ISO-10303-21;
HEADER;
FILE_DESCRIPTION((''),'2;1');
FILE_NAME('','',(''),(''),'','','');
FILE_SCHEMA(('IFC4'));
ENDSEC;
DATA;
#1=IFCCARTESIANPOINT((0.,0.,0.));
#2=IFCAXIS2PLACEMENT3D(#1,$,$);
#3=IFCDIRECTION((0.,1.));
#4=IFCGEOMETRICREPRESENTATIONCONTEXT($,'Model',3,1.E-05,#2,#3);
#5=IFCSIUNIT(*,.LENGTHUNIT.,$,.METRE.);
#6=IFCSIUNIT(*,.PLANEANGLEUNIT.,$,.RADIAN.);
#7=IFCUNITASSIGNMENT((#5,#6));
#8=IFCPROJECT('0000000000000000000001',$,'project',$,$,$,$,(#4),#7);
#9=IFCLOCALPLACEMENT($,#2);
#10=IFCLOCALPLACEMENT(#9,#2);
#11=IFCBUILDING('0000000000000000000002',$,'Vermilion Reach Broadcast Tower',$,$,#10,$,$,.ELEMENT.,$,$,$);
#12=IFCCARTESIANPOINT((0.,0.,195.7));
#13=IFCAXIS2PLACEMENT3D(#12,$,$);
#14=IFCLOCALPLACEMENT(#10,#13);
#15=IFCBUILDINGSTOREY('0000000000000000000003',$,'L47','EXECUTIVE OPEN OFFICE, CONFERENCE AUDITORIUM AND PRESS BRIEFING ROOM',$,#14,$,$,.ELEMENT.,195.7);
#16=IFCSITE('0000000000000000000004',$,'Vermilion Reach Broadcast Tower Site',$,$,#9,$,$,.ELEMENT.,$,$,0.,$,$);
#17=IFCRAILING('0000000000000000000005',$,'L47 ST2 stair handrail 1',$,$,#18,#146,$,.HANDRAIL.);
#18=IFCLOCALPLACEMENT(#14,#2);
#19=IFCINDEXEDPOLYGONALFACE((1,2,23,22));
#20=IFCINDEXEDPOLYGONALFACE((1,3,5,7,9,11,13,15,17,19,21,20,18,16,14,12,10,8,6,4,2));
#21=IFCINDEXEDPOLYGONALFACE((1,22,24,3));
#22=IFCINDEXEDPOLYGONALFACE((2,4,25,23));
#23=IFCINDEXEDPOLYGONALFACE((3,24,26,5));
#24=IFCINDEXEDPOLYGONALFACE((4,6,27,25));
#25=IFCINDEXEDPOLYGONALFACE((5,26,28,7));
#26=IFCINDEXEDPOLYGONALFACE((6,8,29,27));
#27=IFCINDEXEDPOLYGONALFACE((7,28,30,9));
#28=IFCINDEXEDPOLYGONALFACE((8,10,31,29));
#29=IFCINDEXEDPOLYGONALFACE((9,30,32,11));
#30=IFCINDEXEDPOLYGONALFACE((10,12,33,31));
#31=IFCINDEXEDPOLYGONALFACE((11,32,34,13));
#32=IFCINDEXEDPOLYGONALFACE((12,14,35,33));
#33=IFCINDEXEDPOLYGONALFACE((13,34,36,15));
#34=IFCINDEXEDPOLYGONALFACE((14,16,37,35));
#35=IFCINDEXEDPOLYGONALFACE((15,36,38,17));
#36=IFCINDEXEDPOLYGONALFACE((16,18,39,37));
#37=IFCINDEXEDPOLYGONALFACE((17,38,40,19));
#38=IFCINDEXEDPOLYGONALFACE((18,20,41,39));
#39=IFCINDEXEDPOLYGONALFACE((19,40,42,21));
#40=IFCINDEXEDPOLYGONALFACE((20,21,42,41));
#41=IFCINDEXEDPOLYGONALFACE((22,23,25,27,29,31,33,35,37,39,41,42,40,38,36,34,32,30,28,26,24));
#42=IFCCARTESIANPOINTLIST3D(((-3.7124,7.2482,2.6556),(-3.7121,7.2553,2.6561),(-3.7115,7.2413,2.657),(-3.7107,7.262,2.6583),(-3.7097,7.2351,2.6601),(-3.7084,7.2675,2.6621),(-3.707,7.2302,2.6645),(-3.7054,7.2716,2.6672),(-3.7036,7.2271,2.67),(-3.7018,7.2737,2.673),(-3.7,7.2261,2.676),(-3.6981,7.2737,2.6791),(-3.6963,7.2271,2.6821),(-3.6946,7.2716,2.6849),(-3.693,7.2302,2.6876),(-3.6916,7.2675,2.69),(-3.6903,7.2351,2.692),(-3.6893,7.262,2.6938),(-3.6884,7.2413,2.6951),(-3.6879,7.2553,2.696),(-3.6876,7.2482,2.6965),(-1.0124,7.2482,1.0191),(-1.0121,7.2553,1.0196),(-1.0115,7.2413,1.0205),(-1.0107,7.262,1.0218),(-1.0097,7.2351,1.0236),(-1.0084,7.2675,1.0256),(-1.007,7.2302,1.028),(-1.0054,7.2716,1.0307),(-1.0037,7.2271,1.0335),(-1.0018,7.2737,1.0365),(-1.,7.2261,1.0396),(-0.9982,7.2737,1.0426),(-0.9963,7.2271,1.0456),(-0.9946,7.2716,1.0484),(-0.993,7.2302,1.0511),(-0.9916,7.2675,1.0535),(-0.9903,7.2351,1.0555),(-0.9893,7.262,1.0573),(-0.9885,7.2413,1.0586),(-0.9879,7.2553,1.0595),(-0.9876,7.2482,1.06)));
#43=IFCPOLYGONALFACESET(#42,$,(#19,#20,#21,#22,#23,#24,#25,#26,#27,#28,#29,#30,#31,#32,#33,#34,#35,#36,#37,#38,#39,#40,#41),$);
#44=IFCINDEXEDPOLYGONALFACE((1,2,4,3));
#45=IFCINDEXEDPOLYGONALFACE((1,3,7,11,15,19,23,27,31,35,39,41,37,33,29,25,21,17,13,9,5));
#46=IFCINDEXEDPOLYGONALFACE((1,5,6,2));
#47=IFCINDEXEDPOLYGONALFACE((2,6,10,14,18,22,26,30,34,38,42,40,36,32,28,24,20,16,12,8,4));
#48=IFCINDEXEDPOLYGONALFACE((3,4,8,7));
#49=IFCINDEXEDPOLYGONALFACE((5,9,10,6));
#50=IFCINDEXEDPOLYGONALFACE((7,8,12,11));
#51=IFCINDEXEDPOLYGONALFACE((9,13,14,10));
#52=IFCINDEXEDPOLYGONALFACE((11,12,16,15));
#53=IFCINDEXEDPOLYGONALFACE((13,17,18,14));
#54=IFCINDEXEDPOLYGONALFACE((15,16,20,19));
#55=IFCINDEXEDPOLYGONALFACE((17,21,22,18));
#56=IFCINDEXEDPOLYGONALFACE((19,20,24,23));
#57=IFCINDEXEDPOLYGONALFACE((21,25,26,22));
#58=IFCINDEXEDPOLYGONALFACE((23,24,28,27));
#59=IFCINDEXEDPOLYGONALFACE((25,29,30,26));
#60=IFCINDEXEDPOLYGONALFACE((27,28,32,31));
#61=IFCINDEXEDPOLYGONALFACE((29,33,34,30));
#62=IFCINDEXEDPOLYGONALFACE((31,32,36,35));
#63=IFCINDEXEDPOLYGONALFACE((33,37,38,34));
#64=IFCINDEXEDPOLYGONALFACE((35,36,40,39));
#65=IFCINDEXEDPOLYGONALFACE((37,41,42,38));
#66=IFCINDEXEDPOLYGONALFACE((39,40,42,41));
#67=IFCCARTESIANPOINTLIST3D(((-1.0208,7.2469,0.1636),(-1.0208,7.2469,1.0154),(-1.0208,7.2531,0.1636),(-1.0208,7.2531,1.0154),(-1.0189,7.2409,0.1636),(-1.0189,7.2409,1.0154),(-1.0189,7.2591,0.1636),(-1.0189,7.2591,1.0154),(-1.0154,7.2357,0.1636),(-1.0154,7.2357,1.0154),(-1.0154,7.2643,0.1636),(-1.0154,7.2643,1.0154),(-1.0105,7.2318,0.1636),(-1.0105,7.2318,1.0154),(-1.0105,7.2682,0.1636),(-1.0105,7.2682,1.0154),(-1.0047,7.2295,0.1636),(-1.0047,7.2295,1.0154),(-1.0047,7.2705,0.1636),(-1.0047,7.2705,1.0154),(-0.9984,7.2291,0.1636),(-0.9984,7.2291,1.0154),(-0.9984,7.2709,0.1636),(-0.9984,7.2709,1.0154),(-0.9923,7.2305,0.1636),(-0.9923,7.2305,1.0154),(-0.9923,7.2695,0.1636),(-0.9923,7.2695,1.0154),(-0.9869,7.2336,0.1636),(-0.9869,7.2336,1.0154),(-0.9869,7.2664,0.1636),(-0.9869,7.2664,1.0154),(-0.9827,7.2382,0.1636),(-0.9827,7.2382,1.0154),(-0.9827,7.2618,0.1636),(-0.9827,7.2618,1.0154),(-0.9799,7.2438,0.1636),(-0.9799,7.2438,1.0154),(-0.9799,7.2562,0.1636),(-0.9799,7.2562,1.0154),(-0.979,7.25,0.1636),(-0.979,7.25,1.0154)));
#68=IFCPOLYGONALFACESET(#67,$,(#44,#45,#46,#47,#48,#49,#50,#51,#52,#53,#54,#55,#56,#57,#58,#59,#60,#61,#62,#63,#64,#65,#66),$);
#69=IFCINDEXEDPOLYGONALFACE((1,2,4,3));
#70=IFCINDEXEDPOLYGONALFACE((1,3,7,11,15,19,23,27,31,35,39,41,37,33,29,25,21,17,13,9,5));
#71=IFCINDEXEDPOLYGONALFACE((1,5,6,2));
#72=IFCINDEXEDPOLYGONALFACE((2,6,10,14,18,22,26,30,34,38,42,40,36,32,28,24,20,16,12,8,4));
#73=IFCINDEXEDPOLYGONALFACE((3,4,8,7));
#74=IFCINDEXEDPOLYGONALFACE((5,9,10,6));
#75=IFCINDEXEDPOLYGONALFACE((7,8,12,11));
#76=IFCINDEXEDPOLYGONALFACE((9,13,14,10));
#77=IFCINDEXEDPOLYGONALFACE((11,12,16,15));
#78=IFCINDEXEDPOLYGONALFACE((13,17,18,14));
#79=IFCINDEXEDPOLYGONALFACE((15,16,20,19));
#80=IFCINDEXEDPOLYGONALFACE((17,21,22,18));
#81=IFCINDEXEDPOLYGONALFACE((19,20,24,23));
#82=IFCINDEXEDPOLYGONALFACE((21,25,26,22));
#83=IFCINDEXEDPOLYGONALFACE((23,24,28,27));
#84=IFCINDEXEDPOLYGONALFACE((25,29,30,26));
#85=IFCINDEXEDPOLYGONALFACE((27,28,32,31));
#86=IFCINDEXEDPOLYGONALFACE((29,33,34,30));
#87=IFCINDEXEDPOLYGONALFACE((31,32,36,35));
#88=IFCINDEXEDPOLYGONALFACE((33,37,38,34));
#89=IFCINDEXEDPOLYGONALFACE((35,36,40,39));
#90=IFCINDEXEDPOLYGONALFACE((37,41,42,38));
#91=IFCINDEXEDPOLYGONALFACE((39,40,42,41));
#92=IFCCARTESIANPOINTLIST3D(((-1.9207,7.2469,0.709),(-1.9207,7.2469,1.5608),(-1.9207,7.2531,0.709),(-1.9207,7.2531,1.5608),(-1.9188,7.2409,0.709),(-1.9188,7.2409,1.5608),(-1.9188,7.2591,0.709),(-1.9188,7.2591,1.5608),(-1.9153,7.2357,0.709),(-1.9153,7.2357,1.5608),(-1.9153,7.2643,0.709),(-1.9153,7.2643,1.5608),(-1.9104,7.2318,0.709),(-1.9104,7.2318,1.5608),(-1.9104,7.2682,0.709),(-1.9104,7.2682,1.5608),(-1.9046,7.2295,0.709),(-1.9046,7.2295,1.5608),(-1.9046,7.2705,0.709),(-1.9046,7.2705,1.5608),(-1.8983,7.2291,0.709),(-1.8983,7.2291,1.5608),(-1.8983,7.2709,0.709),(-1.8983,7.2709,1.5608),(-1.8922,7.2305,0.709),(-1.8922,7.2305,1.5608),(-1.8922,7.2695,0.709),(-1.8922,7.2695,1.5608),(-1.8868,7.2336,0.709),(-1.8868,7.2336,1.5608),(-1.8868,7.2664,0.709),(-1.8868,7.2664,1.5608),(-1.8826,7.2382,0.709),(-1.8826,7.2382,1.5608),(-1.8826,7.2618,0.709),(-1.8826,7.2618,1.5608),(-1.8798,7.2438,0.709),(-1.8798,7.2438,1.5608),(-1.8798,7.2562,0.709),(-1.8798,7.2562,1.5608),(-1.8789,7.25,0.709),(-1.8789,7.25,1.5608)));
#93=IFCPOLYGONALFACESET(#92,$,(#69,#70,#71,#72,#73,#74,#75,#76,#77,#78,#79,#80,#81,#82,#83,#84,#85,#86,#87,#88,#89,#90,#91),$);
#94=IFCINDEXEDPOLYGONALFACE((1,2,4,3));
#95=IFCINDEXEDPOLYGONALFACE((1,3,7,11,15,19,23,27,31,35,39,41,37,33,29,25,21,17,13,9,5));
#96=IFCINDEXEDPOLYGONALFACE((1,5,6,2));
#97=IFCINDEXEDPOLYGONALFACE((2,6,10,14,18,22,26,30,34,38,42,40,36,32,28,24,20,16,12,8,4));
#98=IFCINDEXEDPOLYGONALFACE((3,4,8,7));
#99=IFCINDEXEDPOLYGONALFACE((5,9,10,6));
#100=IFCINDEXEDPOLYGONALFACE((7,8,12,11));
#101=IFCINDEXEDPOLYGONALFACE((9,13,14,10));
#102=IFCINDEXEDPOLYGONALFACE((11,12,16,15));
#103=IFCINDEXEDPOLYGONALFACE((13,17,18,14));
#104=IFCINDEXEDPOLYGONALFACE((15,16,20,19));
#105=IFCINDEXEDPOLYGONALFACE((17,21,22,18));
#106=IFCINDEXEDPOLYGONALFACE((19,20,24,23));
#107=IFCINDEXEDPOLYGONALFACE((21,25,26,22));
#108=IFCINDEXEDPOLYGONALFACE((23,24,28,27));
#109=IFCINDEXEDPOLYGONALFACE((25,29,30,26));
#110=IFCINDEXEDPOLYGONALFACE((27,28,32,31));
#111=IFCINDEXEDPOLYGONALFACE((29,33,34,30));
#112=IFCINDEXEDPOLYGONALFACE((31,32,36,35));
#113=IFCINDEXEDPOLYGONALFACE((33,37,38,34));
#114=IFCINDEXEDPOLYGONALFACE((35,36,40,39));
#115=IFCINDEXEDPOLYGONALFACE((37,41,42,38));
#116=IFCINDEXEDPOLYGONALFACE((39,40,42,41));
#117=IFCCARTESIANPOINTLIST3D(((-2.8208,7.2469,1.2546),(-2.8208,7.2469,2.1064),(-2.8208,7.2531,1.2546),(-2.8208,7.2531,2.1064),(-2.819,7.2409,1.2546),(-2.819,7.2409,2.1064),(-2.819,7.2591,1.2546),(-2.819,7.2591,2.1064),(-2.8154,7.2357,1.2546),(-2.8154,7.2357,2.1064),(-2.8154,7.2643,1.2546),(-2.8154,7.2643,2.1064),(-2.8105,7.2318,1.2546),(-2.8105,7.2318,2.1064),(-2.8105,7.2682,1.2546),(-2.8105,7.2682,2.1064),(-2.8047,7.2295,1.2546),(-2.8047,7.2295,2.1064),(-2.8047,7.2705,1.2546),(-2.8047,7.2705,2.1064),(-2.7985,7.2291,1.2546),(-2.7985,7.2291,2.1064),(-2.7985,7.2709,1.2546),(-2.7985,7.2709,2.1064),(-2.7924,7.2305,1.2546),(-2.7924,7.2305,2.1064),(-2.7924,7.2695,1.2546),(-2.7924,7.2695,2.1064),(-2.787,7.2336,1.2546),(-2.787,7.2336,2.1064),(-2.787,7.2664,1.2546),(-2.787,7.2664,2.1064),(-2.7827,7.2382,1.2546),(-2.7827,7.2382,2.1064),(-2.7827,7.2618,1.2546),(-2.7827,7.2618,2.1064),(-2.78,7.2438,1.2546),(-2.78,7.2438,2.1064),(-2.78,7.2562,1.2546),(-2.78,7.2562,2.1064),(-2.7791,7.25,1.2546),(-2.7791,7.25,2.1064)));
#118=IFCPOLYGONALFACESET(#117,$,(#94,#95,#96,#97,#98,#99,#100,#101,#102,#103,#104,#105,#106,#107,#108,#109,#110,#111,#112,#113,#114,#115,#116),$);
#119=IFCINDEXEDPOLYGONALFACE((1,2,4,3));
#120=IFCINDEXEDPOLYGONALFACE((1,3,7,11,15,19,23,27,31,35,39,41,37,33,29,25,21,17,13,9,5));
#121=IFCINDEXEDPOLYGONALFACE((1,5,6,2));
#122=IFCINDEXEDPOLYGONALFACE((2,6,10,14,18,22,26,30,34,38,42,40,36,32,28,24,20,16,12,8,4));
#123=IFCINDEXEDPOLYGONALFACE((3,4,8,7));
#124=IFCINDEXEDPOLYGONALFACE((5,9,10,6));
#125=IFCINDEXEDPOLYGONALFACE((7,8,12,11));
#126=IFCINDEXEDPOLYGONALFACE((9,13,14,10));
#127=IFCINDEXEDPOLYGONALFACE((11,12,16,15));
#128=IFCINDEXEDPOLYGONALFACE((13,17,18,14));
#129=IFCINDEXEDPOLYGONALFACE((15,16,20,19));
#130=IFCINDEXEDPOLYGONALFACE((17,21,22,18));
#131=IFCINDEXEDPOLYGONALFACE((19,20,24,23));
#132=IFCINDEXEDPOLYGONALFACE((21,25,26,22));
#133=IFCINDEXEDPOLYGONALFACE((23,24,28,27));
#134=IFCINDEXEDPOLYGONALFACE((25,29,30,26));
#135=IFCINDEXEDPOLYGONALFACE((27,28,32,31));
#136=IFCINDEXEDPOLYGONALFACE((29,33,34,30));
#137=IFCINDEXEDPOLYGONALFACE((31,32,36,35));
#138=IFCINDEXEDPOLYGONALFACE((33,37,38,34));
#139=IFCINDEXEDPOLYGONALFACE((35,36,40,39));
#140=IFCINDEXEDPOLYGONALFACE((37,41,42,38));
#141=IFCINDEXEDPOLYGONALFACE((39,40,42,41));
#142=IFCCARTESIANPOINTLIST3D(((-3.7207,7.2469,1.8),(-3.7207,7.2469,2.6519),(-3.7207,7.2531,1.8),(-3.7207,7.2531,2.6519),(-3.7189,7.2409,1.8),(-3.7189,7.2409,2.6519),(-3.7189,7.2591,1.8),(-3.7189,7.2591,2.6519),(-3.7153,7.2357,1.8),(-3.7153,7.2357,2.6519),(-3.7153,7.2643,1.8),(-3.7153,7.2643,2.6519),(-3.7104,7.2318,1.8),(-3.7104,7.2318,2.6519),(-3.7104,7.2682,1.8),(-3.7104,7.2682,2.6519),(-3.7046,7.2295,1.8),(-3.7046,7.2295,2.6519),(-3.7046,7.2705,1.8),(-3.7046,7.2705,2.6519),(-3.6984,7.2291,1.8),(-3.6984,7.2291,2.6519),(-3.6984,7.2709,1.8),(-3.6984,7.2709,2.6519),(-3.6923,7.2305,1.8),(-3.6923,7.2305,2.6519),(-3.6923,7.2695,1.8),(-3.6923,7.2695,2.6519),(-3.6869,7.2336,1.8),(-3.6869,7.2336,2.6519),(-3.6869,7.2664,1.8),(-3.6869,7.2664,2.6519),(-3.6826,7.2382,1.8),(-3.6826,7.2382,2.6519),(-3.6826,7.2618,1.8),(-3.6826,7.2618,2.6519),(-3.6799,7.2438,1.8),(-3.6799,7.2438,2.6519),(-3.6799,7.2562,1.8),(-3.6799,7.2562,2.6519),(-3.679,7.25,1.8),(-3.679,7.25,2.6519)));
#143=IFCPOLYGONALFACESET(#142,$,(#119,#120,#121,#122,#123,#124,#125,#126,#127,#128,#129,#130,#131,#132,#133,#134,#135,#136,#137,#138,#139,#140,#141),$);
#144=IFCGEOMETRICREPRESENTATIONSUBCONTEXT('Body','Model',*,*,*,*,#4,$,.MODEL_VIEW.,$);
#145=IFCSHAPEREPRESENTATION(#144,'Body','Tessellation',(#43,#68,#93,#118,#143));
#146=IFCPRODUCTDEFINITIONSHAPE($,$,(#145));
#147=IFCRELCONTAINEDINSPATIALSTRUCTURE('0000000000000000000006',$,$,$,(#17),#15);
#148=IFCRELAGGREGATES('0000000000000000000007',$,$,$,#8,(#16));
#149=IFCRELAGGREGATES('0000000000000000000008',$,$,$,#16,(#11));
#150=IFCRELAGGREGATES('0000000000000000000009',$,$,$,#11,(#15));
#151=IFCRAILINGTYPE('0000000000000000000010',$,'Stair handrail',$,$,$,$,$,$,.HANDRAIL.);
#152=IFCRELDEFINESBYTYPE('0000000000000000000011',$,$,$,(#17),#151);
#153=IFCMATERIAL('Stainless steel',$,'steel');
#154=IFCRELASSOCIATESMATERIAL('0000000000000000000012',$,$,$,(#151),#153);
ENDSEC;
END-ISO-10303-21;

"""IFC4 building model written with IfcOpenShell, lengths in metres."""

from ifc_helpers import new_model, si_unit, direction, frame, origin, origin_2d, place, context, subcontext, project, spatial, circle, extrude, material, type_object, element, save


model = new_model("IFC4")

# Units and contexts
model_context = context("Model", 3, precision=1e-05, world=origin(), true_north=direction((0.0, 1.0)))
body_context = subcontext(model_context, "Body", "Model", "MODEL_VIEW")
ifc_project = project(units=[si_unit("LENGTHUNIT", "METRE"), si_unit("PLANEANGLEUNIT", "RADIAN")], contexts=[model_context])

# Site, building, storey
site_placement = place(None, origin())
site = spatial("IfcSite", under=ifc_project, at=site_placement, Name="Vermilion Reach Broadcast Tower Site", CompositionType="ELEMENT", RefElevation=0.0)
building_placement = place(site_placement, origin())
building = spatial("IfcBuilding", under=site, at=building_placement, Name="Vermilion Reach Broadcast Tower", CompositionType="ELEMENT")
storey_placement = place(building_placement, frame((0.0, 0.0, 195.7)))
storey = spatial("IfcBuildingStorey", under=building, at=storey_placement, Name="L47", Description="EXECUTIVE OPEN OFFICE, CONFERENCE AUDITORIUM AND PRESS BRIEFING ROOM", CompositionType="ELEMENT", Elevation=195.7)

# Railing
ifc_material_1 = material(Name="Stainless steel", Category="steel")
railing_type_1 = type_object("IfcRailingType", Name="Stair handrail", PredefinedType="HANDRAIL", material=ifc_material_1)
railing_1_placement = place(storey_placement, frame((-1.0, 7.25, 0.1636)))
element("IfcRailing", 1, at=railing_1_placement, inside=storey, type_object=railing_type_1, Name="L47 ST2 stair handrail 1", PredefinedType="HANDRAIL", context=body_context, shape_type="SweptSolid", body=[
    extrude(circle(Radius=0.0239, at=origin_2d()), frame((0.0, 0.0, 0.876), z_axis=(-0.855178, 0.0, 0.518334), x_axis=(0.0, -1.0, 0.0)), (0.0, 0.0, 1.0), 3.1572),
    extrude(circle(Radius=0.021, at=origin_2d()), origin(), (0.0, 0.0, 1.0), 0.8518),
    extrude(circle(Radius=0.021, at=origin_2d()), frame((-0.8999, 0.0, 0.5454)), (0.0, 0.0, 1.0), 0.8518),
    extrude(circle(Radius=0.021, at=origin_2d()), frame((-1.8, 0.0, 1.0911)), (0.0, 0.0, 1.0), 0.8518),
    extrude(circle(Radius=0.021, at=origin_2d()), frame((-2.7, 0.0, 1.6365)), (0.0, 0.0, 1.0), 0.8518),
])

save(model, "model.ifc")
